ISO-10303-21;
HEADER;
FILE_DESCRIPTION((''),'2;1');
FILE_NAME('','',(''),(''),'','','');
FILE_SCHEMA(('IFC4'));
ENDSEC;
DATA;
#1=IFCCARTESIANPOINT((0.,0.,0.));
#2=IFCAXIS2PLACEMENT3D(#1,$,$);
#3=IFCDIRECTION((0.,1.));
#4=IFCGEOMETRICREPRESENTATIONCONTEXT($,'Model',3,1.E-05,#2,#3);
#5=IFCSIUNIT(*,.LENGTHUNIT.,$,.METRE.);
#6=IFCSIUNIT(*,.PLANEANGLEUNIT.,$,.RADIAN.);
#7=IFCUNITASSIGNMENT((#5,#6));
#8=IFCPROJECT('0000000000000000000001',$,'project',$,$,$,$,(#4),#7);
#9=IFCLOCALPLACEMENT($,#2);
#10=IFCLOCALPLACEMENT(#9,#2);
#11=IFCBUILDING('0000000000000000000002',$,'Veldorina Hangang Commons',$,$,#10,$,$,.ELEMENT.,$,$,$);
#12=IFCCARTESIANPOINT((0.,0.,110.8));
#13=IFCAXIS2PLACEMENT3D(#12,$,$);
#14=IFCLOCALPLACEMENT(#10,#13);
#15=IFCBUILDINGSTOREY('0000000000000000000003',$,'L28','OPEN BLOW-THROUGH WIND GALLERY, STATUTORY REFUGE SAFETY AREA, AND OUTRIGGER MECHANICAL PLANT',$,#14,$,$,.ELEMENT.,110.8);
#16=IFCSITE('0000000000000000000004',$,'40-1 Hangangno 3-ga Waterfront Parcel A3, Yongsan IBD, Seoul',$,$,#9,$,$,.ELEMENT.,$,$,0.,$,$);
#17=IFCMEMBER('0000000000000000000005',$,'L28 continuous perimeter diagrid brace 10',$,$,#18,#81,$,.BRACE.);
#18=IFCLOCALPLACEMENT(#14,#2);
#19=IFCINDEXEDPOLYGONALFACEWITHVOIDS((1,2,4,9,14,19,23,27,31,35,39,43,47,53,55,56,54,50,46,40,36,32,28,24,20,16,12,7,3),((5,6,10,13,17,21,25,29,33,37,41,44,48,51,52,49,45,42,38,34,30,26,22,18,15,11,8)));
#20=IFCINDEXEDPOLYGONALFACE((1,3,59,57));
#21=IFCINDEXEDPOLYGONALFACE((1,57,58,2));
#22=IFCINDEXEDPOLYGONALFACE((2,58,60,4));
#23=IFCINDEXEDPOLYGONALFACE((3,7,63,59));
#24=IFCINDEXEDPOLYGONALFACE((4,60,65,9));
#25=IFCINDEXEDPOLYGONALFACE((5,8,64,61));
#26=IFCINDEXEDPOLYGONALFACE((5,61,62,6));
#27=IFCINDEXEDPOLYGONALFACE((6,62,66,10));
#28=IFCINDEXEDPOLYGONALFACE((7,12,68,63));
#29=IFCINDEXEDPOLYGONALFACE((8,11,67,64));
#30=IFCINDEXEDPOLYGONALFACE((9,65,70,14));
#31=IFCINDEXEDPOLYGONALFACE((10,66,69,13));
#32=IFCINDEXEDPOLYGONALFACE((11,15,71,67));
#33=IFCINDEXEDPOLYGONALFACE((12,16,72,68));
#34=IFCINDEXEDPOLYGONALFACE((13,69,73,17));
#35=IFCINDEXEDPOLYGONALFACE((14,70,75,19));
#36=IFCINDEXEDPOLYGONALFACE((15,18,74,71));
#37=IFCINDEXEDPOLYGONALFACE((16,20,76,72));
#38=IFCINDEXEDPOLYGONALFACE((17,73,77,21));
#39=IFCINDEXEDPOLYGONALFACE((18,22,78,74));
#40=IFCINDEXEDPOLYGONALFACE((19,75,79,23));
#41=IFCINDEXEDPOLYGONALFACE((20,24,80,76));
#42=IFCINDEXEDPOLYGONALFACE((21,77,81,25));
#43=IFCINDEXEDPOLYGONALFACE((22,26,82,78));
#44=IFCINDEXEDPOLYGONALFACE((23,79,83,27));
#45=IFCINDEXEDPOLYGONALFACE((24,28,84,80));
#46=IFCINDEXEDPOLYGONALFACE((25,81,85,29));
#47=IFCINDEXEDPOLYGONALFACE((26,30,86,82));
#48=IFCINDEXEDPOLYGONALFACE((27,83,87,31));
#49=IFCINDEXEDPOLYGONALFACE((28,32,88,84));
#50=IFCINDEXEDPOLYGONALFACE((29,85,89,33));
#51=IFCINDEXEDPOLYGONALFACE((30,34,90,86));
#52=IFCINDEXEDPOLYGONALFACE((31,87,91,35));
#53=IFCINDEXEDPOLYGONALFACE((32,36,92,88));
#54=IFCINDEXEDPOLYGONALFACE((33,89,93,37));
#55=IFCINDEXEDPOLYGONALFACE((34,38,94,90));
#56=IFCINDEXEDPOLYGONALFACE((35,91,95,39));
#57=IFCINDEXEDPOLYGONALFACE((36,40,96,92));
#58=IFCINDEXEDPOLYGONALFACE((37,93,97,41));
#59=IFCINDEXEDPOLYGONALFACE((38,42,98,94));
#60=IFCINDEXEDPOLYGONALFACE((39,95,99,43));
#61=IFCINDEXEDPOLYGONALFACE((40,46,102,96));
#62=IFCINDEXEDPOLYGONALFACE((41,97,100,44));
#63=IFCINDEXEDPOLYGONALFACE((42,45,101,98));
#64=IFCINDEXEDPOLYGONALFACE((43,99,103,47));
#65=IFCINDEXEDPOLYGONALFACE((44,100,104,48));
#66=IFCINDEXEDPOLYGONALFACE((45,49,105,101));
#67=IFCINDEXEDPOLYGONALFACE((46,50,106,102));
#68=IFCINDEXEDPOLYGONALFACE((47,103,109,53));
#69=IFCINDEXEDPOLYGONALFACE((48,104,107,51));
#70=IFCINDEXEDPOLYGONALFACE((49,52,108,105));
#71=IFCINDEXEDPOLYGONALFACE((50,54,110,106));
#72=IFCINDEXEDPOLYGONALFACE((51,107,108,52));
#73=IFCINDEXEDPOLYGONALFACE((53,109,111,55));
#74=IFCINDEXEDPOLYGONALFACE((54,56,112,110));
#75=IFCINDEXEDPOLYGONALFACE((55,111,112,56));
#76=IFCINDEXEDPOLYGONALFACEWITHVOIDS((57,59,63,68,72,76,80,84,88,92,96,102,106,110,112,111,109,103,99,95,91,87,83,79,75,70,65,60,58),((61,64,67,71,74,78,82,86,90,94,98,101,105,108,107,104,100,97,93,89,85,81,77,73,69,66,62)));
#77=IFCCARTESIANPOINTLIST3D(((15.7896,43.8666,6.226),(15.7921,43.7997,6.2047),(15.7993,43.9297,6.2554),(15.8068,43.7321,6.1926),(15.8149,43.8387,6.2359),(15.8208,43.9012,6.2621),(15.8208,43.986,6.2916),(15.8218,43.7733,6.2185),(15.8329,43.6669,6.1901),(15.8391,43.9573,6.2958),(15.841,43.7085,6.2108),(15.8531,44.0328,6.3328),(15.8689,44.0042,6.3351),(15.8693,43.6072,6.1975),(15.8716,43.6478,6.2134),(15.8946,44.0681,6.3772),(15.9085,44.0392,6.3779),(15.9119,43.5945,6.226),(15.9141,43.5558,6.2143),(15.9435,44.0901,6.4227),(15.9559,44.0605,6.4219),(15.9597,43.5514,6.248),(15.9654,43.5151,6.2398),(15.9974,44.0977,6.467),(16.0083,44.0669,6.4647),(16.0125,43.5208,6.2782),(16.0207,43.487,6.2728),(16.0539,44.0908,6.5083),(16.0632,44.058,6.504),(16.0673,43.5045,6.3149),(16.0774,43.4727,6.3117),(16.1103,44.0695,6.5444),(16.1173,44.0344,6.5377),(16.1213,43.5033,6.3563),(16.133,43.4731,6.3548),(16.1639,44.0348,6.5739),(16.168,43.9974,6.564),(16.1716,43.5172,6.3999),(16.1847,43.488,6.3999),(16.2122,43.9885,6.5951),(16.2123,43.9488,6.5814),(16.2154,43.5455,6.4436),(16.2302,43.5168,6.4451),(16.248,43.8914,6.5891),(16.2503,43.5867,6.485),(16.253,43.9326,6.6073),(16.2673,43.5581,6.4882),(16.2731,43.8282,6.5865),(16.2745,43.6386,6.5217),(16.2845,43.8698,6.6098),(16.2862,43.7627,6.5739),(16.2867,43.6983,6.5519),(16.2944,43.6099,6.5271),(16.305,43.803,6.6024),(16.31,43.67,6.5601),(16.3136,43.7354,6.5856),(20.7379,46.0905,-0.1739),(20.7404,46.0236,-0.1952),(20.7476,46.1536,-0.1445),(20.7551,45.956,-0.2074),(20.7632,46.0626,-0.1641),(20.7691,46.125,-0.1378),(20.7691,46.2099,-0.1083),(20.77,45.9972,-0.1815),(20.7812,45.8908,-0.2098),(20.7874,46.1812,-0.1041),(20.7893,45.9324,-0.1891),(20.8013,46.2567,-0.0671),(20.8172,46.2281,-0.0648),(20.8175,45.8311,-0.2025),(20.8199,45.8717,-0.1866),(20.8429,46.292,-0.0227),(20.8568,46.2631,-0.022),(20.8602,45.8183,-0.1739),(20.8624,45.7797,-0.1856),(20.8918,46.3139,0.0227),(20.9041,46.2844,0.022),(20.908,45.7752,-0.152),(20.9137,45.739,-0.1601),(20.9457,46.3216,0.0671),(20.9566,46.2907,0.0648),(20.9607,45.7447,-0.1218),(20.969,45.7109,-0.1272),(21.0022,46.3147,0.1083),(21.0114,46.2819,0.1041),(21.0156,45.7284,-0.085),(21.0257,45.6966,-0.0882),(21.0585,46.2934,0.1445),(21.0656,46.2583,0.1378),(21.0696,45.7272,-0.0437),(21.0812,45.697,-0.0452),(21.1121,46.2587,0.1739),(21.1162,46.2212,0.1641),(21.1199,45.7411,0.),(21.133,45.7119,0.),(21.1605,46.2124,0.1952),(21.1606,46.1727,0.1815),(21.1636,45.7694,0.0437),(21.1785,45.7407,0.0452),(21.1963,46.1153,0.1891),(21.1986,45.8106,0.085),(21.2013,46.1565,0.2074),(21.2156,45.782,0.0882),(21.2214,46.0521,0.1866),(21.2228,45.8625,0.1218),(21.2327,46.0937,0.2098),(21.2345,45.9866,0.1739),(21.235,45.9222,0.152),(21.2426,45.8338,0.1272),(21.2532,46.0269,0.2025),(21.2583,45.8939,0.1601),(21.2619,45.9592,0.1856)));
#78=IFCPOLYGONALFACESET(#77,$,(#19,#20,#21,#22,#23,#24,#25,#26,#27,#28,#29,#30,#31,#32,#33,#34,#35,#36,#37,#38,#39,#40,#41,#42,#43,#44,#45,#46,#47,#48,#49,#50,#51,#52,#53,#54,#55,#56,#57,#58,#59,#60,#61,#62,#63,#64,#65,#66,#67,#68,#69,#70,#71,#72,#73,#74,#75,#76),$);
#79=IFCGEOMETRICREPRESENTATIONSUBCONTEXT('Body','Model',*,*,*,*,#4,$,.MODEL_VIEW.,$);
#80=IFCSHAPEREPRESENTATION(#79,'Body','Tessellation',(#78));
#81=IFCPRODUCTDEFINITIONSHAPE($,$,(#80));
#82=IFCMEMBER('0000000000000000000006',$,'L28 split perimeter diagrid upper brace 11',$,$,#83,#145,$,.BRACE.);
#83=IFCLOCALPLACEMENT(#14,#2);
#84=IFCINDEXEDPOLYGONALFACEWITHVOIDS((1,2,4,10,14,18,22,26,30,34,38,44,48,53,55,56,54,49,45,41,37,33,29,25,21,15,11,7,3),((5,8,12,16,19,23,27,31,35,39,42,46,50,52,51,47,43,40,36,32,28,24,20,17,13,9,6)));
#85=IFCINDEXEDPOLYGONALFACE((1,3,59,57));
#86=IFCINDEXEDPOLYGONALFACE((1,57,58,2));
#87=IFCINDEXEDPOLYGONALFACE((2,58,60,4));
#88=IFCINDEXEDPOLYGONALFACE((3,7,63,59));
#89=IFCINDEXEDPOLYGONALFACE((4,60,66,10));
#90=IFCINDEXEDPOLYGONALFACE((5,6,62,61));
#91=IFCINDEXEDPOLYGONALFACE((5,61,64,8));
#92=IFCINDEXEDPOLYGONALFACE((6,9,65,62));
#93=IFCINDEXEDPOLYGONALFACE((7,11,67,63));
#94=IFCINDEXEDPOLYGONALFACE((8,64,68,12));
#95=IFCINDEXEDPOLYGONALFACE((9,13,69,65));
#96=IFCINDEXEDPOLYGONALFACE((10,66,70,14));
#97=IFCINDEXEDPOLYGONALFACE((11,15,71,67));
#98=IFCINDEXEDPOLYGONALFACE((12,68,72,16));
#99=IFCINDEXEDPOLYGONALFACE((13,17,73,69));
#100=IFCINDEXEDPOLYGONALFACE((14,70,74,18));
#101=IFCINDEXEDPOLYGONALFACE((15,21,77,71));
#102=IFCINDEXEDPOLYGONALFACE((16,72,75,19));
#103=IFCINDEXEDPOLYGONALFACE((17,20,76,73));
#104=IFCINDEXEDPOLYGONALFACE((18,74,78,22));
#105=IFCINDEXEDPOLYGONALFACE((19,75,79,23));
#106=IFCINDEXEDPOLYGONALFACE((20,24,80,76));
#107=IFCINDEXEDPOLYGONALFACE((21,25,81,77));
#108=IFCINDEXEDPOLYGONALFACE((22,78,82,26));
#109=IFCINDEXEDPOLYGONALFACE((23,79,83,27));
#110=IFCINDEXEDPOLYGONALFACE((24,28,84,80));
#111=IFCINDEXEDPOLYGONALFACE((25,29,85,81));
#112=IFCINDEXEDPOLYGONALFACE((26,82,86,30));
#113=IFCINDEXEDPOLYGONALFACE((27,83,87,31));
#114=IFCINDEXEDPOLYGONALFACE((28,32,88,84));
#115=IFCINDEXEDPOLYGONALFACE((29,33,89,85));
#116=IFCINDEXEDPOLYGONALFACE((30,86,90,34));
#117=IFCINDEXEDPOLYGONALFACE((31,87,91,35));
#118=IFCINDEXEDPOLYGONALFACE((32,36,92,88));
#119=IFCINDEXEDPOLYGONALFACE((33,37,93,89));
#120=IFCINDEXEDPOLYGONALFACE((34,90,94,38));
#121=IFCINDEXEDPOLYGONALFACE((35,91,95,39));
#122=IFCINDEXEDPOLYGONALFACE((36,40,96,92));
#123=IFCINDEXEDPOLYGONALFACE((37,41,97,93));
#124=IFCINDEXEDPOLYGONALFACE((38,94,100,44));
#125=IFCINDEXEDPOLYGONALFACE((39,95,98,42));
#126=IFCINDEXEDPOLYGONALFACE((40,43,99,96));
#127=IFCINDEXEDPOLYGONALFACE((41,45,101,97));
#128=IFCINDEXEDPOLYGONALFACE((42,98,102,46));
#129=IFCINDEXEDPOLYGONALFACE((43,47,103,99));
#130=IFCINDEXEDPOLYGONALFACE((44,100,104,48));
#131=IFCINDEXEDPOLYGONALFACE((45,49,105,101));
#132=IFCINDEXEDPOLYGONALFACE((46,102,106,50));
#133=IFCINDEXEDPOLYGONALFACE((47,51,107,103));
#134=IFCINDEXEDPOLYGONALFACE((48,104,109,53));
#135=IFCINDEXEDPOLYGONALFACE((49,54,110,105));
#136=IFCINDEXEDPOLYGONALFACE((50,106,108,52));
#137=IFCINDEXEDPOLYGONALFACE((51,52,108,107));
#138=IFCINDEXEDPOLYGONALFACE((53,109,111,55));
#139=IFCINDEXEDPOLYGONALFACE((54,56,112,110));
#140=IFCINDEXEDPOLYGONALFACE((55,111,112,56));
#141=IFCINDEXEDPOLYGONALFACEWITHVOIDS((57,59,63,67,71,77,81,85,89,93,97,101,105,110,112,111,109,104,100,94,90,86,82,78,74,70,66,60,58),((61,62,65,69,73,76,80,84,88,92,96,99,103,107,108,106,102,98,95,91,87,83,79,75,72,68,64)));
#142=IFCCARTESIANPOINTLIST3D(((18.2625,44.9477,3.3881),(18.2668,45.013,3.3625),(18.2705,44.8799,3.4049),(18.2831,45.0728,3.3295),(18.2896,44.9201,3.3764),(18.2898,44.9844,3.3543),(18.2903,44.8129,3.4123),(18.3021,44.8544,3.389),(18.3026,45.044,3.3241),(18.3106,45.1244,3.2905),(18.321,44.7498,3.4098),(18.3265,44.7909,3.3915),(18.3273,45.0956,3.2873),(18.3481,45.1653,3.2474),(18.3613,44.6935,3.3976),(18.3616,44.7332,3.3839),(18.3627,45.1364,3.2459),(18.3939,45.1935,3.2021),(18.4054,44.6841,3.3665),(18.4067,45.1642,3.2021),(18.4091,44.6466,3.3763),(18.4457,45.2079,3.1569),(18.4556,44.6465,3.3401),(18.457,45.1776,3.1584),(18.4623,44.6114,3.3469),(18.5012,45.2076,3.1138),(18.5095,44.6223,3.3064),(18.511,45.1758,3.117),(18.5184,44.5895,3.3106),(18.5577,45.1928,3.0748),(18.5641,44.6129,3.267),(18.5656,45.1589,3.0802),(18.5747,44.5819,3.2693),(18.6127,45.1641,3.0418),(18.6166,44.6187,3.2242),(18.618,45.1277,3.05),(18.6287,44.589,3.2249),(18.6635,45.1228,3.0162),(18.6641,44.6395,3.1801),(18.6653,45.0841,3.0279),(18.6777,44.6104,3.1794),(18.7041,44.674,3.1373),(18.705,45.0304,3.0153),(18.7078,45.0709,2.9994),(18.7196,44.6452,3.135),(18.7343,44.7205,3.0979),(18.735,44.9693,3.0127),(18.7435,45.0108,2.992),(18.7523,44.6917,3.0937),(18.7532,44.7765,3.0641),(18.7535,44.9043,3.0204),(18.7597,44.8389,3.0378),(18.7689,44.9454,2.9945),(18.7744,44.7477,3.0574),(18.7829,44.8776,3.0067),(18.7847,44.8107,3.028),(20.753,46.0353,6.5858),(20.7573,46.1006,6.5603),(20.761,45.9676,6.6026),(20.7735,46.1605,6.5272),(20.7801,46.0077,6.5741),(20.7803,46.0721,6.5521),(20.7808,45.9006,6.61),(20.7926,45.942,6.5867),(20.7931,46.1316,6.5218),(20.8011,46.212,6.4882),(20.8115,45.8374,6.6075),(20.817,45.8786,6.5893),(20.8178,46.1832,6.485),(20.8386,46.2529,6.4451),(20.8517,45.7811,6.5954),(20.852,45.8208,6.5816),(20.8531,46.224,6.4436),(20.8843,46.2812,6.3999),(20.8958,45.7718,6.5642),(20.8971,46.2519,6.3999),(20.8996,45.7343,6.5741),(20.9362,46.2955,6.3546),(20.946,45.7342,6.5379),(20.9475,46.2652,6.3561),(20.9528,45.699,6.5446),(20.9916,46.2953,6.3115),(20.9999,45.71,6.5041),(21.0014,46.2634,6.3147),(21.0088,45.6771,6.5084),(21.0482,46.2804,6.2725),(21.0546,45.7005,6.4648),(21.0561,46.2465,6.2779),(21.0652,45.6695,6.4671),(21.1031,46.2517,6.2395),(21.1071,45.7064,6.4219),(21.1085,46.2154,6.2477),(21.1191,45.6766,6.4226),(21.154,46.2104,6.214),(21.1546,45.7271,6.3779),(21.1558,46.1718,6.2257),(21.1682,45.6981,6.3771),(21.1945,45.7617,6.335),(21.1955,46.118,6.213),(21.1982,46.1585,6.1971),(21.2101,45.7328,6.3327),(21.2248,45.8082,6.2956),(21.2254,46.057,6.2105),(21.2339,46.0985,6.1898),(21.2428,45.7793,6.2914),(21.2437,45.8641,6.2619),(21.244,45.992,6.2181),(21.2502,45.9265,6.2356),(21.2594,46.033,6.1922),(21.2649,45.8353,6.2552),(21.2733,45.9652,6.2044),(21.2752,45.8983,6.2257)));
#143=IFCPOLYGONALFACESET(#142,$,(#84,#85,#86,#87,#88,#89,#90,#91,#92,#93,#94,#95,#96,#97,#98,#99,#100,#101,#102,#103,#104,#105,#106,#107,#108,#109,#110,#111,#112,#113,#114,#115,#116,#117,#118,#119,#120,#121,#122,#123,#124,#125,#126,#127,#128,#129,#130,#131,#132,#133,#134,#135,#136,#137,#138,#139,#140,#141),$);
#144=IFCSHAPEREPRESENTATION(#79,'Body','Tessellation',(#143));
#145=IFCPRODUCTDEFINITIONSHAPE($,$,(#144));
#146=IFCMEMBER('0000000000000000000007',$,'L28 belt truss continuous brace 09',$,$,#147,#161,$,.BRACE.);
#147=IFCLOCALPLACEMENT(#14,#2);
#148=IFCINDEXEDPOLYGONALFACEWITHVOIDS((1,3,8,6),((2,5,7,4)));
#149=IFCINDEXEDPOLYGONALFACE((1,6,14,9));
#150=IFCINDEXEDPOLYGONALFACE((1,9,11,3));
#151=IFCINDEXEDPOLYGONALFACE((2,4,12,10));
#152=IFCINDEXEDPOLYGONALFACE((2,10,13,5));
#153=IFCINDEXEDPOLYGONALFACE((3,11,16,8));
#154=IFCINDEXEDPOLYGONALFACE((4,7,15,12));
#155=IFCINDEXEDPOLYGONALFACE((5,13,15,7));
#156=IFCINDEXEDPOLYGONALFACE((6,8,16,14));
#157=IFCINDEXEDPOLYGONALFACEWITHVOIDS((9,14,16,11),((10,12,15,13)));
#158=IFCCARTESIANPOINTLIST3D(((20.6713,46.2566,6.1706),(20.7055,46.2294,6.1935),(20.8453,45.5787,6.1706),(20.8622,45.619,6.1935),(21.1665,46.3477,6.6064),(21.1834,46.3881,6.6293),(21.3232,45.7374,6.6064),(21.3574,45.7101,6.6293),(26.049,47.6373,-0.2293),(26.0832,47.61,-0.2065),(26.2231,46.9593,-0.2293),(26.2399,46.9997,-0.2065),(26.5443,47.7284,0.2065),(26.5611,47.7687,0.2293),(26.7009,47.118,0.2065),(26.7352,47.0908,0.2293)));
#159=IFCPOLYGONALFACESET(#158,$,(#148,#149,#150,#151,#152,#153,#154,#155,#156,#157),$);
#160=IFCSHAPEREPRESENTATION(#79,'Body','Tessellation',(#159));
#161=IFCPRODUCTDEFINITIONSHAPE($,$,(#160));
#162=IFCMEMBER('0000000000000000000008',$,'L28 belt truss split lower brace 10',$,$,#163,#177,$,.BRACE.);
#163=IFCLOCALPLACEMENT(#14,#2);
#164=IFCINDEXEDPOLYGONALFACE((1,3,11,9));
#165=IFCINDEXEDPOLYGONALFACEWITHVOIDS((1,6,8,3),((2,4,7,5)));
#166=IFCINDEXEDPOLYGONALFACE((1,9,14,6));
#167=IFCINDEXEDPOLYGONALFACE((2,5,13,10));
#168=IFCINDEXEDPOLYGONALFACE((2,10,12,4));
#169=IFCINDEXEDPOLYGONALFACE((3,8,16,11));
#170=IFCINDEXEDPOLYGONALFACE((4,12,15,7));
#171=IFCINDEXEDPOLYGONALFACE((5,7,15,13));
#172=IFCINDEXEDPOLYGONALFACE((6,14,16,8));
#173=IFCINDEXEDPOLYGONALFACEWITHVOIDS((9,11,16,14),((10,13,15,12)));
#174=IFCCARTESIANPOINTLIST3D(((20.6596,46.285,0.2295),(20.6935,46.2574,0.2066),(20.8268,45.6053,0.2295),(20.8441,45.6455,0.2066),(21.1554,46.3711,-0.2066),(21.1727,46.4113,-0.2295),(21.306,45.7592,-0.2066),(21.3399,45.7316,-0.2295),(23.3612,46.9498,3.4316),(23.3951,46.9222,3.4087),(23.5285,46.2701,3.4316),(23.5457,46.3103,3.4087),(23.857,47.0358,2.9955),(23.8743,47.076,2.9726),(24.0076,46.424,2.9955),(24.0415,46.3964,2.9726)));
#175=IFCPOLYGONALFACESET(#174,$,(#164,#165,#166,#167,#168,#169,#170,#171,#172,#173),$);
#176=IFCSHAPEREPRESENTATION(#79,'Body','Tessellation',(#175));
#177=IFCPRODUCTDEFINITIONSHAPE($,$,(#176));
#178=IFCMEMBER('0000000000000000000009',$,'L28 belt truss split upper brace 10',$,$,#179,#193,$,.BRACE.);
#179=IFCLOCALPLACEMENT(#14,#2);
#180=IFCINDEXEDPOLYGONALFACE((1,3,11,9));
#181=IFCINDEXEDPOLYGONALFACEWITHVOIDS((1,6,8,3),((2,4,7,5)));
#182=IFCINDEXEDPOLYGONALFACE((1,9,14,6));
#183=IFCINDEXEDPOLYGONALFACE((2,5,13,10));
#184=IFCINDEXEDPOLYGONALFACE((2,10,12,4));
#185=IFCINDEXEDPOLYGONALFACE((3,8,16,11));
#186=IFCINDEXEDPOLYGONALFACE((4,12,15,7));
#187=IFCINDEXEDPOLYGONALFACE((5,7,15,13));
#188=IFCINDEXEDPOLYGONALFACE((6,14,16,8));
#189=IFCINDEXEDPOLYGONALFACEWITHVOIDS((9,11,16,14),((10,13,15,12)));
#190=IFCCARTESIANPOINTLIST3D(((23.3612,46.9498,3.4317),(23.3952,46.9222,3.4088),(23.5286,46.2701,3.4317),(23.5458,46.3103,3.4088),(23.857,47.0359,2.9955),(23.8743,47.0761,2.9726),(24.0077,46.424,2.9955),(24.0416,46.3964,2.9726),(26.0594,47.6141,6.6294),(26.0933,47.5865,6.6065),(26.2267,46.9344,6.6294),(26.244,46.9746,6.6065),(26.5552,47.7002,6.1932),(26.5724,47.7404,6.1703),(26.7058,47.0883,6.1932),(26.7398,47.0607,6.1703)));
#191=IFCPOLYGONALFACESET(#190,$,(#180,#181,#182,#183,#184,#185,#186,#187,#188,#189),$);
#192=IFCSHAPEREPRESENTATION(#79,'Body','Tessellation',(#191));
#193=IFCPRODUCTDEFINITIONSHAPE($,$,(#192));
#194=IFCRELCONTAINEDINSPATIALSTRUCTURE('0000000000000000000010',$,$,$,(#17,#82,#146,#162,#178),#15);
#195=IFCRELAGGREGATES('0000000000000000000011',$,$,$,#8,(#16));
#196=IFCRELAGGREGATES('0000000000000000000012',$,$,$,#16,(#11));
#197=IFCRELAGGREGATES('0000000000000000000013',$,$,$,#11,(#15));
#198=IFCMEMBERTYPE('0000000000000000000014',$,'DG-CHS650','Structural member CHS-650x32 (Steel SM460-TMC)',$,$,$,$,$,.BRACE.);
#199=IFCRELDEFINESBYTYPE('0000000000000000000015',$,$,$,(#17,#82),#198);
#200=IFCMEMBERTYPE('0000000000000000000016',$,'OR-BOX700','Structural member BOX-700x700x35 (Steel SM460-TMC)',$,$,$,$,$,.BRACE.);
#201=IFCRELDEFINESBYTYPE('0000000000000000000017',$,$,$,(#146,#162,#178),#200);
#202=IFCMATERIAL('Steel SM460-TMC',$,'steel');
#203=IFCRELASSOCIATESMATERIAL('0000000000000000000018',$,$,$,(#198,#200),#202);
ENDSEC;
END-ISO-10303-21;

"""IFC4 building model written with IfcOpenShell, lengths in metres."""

from ifc_helpers import new_model, si_unit, direction, frame, origin, origin_2d, place, context, subcontext, project, spatial, hollow_rectangle, hollow_circle, extrude, material, material_profile, profile_set, type_object, element, save


model = new_model("IFC4")

# Units and contexts
model_context = context("Model", 3, precision=1e-05, world=origin(), true_north=direction((0.0, 1.0)))
body_context = subcontext(model_context, "Body", "Model", "MODEL_VIEW")
ifc_project = project(units=[si_unit("LENGTHUNIT", "METRE"), si_unit("PLANEANGLEUNIT", "RADIAN")], contexts=[model_context])

# Site, building, storey
site_placement = place(None, origin())
site = spatial("IfcSite", under=ifc_project, at=site_placement, Name="40-1 Hangangno 3-ga Waterfront Parcel A3, Yongsan IBD, Seoul", CompositionType="ELEMENT", RefElevation=0.0)
building_placement = place(site_placement, origin())
building = spatial("IfcBuilding", under=site, at=building_placement, Name="Veldorina Hangang Commons", CompositionType="ELEMENT")
storey_placement = place(building_placement, frame((0.0, 0.0, 110.8)))
storey = spatial("IfcBuildingStorey", under=building, at=storey_placement, Name="L28", Description="OPEN BLOW-THROUGH WIND GALLERY, STATUTORY REFUGE SAFETY AREA, AND OUTRIGGER MECHANICAL PLANT", CompositionType="ELEMENT", Elevation=110.8)

# Shared definitions
ifc_material_1 = material(Name="Steel SM460-TMC", Category="steel")

# Members
ifc_material_profile_1 = material_profile(ifc_material_1, hollow_circle(Radius=0.325, WallThickness=0.032, at=origin_2d()), Name="CHS-650x32")
ifc_profile_set_1 = profile_set([ifc_material_profile_1], Name="Steel SM460-TMC")
member_type_1 = type_object("IfcMemberType", Name="DG-CHS650", Description="Structural member CHS-650x32 (Steel SM460-TMC)", PredefinedType="BRACE", material=ifc_profile_set_1)
member_1_placement = place(storey_placement, frame((20.9998, 46.0083, 0.0), z_axis=(-0.58979, -0.265068, 0.762815), x_axis=(0.409931, -0.912117, 0.0)))
element("IfcMember", 1, at=member_1_placement, inside=storey, type_object=member_type_1, Name="L28 continuous perimeter diagrid brace 10", PredefinedType="BRACE", context=body_context, shape_type="SweptSolid", body=[
    extrude(hollow_circle(Radius=0.325, WallThickness=0.032, at=origin_2d()), origin(), (0.0, 0.0, 1.0), 8.3899),
])
member_2_placement = place(storey_placement, frame((18.5239, 44.8958, 3.2021), z_axis=(0.593458, 0.259176, 0.761995), x_axis=(-0.40022, 0.916419, 0.0)))
element("IfcMember", 2, at=member_2_placement, inside=storey, type_object=member_type_1, Name="L28 split perimeter diagrid upper brace 11", PredefinedType="BRACE", context=body_context, shape_type="SweptSolid", body=[
    extrude(hollow_circle(Radius=0.325, WallThickness=0.032, at=origin_2d()), origin(), (0.0, 0.0, 1.0), 4.1965),
])
ifc_material_profile_2 = material_profile(ifc_material_1, hollow_rectangle(XDim=0.7, YDim=0.7, WallThickness=0.0349, at=origin_2d()), Name="BOX-700x700x35")
ifc_profile_set_2 = profile_set([ifc_material_profile_2], Name="Steel SM460-TMC")
member_type_2 = type_object("IfcMemberType", Name="OR-BOX700", Description="Structural member BOX-700x700x35 (Steel SM460-TMC)", PredefinedType="BRACE", material=ifc_profile_set_2)
member_3_placement = place(storey_placement, frame((26.3921, 47.364, 0.0), z_axis=(-0.634718, -0.162951, 0.755368), x_axis=(0.248666, -0.968589, 0.0)))
element("IfcMember", 3, at=member_3_placement, inside=storey, type_object=member_type_2, Name="L28 belt truss continuous brace 09", PredefinedType="BRACE", context=body_context, shape_type="SweptSolid", body=[
    extrude(hollow_rectangle(XDim=0.7, YDim=0.7, WallThickness=0.0349, at=origin_2d()), origin(), (0.0, 0.0, 1.0), 8.4727),
])
member_4_placement = place(storey_placement, frame((20.9998, 46.0083, 0.0), z_axis=(0.636882, 0.156717, 0.754865), x_axis=(-0.238941, 0.971034, 0.0)))
element("IfcMember", 4, at=member_4_placement, inside=storey, type_object=member_type_2, Name="L28 belt truss split lower brace 10", PredefinedType="BRACE", context=body_context, shape_type="SweptSolid", body=[
    extrude(hollow_rectangle(XDim=0.7, YDim=0.7, WallThickness=0.0349, at=origin_2d()), origin(), (0.0, 0.0, 1.0), 4.2419),
])
member_5_placement = place(storey_placement, frame((23.7014, 46.6731, 3.2021), z_axis=(0.636912, 0.156808, 0.754821), x_axis=(-0.239061, 0.971005, 0.0)))
element("IfcMember", 5, at=member_5_placement, inside=storey, type_object=member_type_2, Name="L28 belt truss split upper brace 10", PredefinedType="BRACE", context=body_context, shape_type="SweptSolid", body=[
    extrude(hollow_rectangle(XDim=0.7, YDim=0.7, WallThickness=0.0349, at=origin_2d()), origin(), (0.0, 0.0, 1.0), 4.2363),
])

save(model, "model.ifc")
